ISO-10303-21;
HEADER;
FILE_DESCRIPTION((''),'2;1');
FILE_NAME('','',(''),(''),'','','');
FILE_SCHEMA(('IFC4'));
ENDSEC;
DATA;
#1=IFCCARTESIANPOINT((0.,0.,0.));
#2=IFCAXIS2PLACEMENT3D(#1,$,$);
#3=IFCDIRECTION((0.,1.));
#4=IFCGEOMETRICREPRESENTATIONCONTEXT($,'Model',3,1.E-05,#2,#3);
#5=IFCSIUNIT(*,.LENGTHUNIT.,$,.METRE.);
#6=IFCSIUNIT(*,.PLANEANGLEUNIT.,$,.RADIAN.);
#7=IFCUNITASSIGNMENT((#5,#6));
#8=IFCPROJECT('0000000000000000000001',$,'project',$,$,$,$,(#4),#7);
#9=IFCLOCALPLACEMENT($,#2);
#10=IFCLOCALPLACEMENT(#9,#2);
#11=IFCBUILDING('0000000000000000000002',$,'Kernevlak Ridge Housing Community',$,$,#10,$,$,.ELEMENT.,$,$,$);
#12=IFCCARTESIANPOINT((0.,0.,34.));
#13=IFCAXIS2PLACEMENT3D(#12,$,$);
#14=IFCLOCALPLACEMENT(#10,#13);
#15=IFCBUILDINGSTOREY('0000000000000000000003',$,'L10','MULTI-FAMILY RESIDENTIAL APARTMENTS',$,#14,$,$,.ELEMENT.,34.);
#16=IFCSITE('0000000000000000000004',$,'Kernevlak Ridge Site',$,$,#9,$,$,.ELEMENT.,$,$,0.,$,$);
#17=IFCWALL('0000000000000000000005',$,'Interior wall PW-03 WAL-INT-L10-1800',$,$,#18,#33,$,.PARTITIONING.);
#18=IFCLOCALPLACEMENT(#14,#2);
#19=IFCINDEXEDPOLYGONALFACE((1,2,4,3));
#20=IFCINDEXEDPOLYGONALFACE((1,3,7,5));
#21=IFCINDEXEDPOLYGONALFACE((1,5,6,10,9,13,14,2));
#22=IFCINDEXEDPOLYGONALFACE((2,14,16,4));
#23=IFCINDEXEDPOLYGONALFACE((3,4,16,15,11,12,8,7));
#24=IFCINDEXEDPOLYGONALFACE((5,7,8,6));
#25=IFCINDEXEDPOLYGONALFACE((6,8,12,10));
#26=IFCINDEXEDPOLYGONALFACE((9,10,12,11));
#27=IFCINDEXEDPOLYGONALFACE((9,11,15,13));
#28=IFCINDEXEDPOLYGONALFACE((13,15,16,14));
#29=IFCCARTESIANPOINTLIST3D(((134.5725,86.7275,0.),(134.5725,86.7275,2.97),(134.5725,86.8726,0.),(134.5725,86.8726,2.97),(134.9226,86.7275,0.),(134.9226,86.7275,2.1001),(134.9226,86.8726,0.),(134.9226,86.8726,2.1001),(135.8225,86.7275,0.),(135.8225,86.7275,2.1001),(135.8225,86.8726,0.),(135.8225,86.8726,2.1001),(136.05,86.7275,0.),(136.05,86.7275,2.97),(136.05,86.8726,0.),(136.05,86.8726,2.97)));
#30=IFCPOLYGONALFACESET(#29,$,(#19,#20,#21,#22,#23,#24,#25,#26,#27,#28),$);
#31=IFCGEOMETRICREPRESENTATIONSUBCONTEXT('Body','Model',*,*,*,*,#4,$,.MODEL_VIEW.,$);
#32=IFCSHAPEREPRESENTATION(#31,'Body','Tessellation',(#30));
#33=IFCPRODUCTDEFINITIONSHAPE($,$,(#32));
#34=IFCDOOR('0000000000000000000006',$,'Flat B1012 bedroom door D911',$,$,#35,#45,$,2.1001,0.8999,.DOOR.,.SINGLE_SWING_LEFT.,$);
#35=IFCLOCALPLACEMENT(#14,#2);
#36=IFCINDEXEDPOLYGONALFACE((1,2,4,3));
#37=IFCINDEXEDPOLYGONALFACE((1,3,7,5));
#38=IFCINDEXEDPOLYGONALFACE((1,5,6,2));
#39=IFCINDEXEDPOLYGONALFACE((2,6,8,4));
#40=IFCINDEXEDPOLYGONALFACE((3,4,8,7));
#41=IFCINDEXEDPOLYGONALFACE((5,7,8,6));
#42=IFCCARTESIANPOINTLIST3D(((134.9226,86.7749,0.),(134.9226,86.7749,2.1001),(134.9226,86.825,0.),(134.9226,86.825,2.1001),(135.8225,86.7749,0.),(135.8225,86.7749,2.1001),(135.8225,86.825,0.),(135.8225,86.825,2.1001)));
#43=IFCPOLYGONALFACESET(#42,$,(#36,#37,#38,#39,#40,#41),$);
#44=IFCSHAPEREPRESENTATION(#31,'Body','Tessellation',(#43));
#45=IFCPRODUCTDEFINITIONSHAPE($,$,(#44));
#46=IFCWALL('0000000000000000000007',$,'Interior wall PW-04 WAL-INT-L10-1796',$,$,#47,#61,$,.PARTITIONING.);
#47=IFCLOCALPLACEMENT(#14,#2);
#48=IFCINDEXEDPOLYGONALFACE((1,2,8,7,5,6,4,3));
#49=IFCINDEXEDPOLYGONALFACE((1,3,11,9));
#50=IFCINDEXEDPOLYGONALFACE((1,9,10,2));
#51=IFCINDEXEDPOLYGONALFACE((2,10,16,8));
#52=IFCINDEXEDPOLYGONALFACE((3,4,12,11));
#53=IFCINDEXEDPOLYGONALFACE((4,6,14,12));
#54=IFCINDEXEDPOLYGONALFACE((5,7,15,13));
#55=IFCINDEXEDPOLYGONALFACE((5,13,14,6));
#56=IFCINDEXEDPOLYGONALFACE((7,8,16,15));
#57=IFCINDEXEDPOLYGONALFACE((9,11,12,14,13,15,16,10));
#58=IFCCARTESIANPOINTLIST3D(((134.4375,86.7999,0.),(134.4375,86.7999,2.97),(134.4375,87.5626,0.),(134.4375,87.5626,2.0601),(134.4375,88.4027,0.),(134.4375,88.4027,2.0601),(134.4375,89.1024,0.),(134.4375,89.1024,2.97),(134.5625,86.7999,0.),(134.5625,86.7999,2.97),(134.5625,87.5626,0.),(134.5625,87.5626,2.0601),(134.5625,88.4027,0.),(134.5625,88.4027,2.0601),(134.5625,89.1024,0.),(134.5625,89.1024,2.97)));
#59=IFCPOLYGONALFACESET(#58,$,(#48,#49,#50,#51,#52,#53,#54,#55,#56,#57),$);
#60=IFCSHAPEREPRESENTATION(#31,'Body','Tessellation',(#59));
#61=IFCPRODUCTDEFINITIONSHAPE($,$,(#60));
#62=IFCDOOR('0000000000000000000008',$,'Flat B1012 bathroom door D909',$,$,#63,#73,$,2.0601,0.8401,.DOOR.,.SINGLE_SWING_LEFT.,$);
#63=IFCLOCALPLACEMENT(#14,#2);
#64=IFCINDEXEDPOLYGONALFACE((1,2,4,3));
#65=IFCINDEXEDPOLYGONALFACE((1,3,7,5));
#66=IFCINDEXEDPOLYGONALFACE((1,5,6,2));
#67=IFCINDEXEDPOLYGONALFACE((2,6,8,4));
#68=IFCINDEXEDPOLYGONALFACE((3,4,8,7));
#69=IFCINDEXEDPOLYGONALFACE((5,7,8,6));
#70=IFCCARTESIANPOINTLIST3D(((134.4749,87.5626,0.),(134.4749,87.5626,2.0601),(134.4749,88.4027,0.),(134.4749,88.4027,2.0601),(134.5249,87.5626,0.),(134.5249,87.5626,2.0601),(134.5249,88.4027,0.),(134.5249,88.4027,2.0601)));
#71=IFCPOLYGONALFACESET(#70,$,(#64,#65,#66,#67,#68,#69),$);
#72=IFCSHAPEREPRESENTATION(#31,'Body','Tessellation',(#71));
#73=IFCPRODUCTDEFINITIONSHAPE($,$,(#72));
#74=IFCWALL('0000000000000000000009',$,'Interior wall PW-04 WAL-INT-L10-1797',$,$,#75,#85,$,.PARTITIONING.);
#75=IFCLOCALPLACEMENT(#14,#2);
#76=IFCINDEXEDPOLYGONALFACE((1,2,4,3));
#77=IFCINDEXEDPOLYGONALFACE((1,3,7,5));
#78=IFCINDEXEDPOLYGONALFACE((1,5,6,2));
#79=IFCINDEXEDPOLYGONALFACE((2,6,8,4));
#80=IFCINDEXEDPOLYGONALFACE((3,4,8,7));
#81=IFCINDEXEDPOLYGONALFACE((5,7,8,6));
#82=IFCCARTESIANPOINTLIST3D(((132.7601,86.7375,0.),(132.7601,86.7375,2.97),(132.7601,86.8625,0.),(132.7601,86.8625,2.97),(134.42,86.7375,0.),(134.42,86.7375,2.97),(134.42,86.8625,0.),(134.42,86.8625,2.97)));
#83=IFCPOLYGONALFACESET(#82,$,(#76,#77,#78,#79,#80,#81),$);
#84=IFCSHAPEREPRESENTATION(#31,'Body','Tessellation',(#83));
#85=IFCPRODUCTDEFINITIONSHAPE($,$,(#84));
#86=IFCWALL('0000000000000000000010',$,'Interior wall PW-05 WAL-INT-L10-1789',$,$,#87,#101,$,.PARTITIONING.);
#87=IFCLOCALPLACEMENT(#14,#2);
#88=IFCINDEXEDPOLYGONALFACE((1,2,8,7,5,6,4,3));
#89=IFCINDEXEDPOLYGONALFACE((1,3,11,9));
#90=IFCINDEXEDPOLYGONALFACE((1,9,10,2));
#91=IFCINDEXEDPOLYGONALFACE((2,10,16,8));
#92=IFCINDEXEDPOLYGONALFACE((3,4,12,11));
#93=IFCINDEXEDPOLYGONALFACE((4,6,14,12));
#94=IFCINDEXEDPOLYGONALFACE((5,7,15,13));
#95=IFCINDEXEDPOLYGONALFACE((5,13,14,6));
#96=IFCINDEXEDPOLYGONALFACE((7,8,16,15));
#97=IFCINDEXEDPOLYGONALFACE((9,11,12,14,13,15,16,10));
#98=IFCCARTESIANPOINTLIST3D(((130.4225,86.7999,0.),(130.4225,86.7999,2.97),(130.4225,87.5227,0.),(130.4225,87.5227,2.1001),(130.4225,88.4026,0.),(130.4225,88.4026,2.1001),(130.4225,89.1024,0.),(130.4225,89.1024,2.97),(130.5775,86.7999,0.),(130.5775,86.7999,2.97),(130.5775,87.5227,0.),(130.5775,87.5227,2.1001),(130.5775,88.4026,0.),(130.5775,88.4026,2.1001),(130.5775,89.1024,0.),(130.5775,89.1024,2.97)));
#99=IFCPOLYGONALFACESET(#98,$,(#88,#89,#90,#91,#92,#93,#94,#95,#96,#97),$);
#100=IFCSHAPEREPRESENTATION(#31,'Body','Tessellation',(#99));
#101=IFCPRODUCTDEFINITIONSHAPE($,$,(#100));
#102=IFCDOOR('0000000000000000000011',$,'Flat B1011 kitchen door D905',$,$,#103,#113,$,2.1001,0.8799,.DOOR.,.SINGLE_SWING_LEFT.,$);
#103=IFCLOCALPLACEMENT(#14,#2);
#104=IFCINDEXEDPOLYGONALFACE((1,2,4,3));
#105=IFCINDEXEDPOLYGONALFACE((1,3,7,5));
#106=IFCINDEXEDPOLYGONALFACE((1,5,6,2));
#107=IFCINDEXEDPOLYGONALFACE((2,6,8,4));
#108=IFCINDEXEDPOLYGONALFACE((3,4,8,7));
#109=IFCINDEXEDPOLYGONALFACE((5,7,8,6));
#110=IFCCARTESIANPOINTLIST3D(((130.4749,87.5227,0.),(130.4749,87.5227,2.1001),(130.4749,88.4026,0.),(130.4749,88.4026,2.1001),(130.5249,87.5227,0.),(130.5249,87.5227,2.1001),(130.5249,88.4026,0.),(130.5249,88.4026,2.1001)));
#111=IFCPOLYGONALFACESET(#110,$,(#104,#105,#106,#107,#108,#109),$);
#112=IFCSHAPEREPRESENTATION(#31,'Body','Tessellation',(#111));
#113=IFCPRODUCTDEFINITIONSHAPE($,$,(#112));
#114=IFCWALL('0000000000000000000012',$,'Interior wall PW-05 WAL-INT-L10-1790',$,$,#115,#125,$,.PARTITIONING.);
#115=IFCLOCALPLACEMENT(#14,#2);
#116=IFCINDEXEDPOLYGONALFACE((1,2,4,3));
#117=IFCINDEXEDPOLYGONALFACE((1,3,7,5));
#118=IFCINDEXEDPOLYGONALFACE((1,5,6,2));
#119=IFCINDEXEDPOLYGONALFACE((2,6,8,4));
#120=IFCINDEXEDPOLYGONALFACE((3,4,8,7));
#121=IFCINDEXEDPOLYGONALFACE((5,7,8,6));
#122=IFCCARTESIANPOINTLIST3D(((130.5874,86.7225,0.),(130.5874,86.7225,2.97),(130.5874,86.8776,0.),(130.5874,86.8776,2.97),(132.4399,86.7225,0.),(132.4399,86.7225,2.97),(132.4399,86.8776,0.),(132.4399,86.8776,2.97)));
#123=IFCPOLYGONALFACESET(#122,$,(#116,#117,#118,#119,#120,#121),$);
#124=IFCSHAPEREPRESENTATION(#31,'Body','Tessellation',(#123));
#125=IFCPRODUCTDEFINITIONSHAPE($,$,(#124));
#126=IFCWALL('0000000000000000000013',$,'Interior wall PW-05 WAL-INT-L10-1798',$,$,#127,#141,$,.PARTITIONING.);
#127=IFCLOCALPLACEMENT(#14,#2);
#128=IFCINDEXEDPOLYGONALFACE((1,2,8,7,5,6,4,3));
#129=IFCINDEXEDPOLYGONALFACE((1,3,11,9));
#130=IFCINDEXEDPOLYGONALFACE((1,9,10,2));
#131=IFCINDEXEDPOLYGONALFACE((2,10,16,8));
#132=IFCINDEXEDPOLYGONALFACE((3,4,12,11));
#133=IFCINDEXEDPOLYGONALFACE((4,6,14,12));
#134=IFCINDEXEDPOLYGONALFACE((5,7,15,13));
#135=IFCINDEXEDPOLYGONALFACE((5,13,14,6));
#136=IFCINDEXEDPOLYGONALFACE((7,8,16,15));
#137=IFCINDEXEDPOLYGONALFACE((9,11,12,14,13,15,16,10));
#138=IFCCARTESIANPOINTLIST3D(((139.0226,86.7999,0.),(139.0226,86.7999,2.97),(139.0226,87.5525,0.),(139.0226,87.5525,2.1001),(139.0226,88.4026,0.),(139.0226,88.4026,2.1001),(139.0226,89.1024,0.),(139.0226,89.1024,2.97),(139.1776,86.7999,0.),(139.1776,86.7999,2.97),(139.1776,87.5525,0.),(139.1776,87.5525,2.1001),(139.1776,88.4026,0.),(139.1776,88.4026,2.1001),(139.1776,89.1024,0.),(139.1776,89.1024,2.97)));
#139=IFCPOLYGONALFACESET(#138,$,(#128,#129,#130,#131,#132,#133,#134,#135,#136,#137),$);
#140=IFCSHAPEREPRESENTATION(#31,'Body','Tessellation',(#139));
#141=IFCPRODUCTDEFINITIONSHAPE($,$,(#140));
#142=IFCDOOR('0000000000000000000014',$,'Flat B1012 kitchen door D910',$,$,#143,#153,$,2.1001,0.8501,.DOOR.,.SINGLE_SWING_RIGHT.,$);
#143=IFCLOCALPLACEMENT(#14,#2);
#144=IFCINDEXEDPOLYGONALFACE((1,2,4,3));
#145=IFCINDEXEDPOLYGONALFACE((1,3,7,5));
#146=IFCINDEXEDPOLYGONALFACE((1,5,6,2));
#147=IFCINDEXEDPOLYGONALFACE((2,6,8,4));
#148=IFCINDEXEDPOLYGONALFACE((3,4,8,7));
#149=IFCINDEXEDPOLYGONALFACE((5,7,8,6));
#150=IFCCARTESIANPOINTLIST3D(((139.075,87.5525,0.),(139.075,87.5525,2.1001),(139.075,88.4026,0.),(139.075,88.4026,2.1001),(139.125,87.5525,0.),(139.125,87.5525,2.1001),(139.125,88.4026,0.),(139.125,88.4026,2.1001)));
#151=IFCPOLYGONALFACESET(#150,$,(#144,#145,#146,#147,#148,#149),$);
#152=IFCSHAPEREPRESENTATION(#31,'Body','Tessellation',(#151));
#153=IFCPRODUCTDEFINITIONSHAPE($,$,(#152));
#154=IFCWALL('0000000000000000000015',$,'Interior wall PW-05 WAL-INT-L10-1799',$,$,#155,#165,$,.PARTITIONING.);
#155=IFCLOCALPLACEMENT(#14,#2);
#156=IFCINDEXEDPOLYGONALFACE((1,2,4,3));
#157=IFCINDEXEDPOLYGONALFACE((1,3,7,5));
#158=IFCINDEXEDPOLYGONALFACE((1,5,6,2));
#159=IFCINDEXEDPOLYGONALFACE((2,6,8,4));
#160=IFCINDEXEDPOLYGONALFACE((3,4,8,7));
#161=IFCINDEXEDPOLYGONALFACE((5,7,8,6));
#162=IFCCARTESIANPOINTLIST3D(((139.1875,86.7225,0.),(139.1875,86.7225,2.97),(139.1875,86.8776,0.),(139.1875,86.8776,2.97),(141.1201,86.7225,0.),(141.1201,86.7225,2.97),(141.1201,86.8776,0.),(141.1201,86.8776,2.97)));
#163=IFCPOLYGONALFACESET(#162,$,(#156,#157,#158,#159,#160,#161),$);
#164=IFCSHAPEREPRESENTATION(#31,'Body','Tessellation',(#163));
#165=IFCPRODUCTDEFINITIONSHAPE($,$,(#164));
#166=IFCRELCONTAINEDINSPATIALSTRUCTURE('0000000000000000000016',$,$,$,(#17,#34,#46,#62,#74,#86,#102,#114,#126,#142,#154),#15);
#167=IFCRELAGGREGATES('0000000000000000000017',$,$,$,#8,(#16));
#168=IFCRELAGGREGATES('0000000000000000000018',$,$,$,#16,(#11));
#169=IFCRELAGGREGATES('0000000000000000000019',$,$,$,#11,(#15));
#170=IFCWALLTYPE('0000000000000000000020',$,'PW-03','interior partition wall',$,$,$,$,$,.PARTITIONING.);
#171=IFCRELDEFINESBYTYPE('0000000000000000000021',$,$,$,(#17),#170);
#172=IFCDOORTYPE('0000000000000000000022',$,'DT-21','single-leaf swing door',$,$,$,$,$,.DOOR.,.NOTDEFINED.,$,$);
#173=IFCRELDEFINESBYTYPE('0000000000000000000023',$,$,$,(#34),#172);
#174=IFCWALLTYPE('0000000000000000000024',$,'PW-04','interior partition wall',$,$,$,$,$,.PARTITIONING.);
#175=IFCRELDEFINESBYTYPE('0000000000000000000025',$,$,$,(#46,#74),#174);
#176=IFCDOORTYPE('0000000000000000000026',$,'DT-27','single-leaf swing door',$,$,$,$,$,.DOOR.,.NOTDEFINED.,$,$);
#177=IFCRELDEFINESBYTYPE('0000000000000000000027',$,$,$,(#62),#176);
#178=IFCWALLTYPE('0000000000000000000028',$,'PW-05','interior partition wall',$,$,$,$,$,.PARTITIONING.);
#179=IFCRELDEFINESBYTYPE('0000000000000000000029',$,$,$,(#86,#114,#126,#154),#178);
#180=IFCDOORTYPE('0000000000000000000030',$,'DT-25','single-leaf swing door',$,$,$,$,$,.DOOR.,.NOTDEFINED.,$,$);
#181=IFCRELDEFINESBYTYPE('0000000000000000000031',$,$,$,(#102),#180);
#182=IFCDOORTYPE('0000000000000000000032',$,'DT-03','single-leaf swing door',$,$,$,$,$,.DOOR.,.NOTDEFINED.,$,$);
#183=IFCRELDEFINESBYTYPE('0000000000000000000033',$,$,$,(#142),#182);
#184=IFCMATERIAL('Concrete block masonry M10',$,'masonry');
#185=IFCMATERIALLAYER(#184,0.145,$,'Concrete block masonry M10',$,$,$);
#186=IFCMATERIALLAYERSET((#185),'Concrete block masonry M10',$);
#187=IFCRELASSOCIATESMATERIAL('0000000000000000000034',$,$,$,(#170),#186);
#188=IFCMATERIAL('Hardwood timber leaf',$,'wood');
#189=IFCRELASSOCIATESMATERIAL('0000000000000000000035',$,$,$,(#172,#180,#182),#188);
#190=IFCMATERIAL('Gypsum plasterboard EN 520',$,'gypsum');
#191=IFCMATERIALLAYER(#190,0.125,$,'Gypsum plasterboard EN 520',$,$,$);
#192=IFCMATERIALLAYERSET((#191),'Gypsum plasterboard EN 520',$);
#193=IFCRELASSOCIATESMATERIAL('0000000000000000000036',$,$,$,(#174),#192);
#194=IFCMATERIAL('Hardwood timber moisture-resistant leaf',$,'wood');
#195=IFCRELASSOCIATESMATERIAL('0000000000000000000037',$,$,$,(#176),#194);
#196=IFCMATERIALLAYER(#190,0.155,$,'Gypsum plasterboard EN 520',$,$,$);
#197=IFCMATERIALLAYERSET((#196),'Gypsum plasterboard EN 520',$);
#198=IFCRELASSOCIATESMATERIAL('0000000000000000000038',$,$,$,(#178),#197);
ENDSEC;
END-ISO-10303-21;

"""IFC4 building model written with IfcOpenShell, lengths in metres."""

from ifc_helpers import new_model, si_unit, direction, frame, frame_2d, origin, place, context, subcontext, project, spatial, rectangle, extrude, material, layer, layer_set, type_object, element, fill, save


model = new_model("IFC4")

# Units and contexts
model_context = context("Model", 3, precision=1e-05, world=origin(), true_north=direction((0.0, 1.0)))
body_context = subcontext(model_context, "Body", "Model", "MODEL_VIEW")
ifc_project = project(units=[si_unit("LENGTHUNIT", "METRE"), si_unit("PLANEANGLEUNIT", "RADIAN")], contexts=[model_context])

# Site, building, storey
site_placement = place(None, origin())
site = spatial("IfcSite", under=ifc_project, at=site_placement, Name="Kernevlak Ridge Site", CompositionType="ELEMENT", RefElevation=0.0)
building_placement = place(site_placement, origin())
building = spatial("IfcBuilding", under=site, at=building_placement, Name="Kernevlak Ridge Housing Community", CompositionType="ELEMENT")
storey_placement = place(building_placement, frame((0.0, 0.0, 34.0)))
storey = spatial("IfcBuildingStorey", under=building, at=storey_placement, Name="L10", Description="MULTI-FAMILY RESIDENTIAL APARTMENTS", CompositionType="ELEMENT", Elevation=34.0)

# Walls, openings, doors
ifc_material_1 = material(Name="Concrete block masonry M10", Category="masonry")
ifc_layer_1 = layer(ifc_material_1, 0.145, Name="Concrete block masonry M10")
ifc_layer_set_1 = layer_set([ifc_layer_1], Name="Concrete block masonry M10")
wall_type_1 = type_object("IfcWallType", Name="PW-03", Description="interior partition wall", PredefinedType="PARTITIONING", material=ifc_layer_set_1)
wall_1_placement = place(storey_placement, frame((134.5725, 86.8, 0.0), z_axis=(0.0, 0.0, 1.0), x_axis=(1.0, 0.0, 0.0)))
wall_1 = element("IfcWall", 1, at=wall_1_placement, inside=storey, type_object=wall_type_1, Name="Interior wall PW-03 WAL-INT-L10-1800", PredefinedType="PARTITIONING", context=body_context, shape_type="SweptSolid", body=[
    extrude(rectangle(XDim=1.4775, YDim=0.145, at=frame_2d((0.7388, 0.0))), origin(), (0.0, 0.0, 1.0), 2.97),
])
opening_1_placement = place(wall_1_placement, frame((0.3501, 0.0, 0.0)))
opening_1 = element("IfcOpeningElement", 2, at=opening_1_placement, cuts=wall_1, PredefinedType="OPENING", context=body_context, shape_type="SweptSolid", body=[
    extrude(rectangle(XDim=0.8999, YDim=2.1001, at=frame_2d((0.45, 1.05))), frame((0.0, 0.0825, 0.0), z_axis=(0.0, -1.0, 0.0), x_axis=(1.0, 0.0, 0.0)), (0.0, 0.0, 1.0), 0.165),
])
ifc_material_2 = material(Name="Hardwood timber leaf", Category="wood")
door_type_1 = type_object("IfcDoorType", Name="DT-21", Description="single-leaf swing door", OperationType="NOTDEFINED", PredefinedType="DOOR", material=ifc_material_2)
door_1_placement = place(opening_1_placement, origin())
door_1 = element("IfcDoor", 3, at=door_1_placement, inside=storey, type_object=door_type_1, Name="Flat B1012 bedroom door D911", OperationType="SINGLE_SWING_LEFT", OverallHeight=2.1001, OverallWidth=0.8999, PredefinedType="DOOR", context=body_context, shape_type="SweptSolid", body=[
    extrude(rectangle(XDim=0.8999, YDim=2.1001, at=frame_2d((0.45, 1.05))), frame((0.0, 0.0249, 0.0), z_axis=(0.0, -1.0, 0.0), x_axis=(1.0, 0.0, 0.0)), (0.0, 0.0, 1.0), 0.05),
])
fill(opening_1, door_1)
ifc_material_3 = material(Name="Gypsum plasterboard EN 520", Category="gypsum")
ifc_layer_2 = layer(ifc_material_3, 0.125, Name="Gypsum plasterboard EN 520")
ifc_layer_set_2 = layer_set([ifc_layer_2], Name="Gypsum plasterboard EN 520")
wall_type_2 = type_object("IfcWallType", Name="PW-04", Description="interior partition wall", PredefinedType="PARTITIONING", material=ifc_layer_set_2)
wall_2_placement = place(storey_placement, frame((134.5, 89.1025, 0.0), z_axis=(0.0, 0.0, 1.0), x_axis=(0.0, -1.0, 0.0)))
wall_2 = element("IfcWall", 4, at=wall_2_placement, inside=storey, type_object=wall_type_2, Name="Interior wall PW-04 WAL-INT-L10-1796", PredefinedType="PARTITIONING", context=body_context, shape_type="SweptSolid", body=[
    extrude(rectangle(XDim=2.3025, YDim=0.125, at=frame_2d((1.1514, 0.0))), origin(), (0.0, 0.0, 1.0), 2.97),
])
opening_2_placement = place(wall_2_placement, frame((0.7, 0.0, 0.0)))
opening_2 = element("IfcOpeningElement", 5, at=opening_2_placement, cuts=wall_2, PredefinedType="OPENING", context=body_context, shape_type="SweptSolid", body=[
    extrude(rectangle(XDim=0.8401, YDim=2.0601, at=frame_2d((0.4199, 1.03))), frame((0.0, 0.0725, 0.0), z_axis=(0.0, -1.0, 0.0), x_axis=(1.0, 0.0, 0.0)), (0.0, 0.0, 1.0), 0.145),
])
ifc_material_4 = material(Name="Hardwood timber moisture-resistant leaf", Category="wood")
door_type_2 = type_object("IfcDoorType", Name="DT-27", Description="single-leaf swing door", OperationType="NOTDEFINED", PredefinedType="DOOR", material=ifc_material_4)
door_2_placement = place(opening_2_placement, origin())
door_2 = element("IfcDoor", 6, at=door_2_placement, inside=storey, type_object=door_type_2, Name="Flat B1012 bathroom door D909", OperationType="SINGLE_SWING_LEFT", OverallHeight=2.0601, OverallWidth=0.8401, PredefinedType="DOOR", context=body_context, shape_type="SweptSolid", body=[
    extrude(rectangle(XDim=0.8401, YDim=2.0601, at=frame_2d((0.4199, 1.03))), frame((0.0, 0.0249, 0.0), z_axis=(0.0, -1.0, 0.0), x_axis=(1.0, 0.0, 0.0)), (0.0, 0.0, 1.0), 0.05),
])
fill(opening_2, door_2)

# Wall
wall_3_placement = place(storey_placement, frame((132.76, 86.8, 0.0), z_axis=(0.0, 0.0, 1.0), x_axis=(1.0, 0.0, 0.0)))
element("IfcWall", 7, at=wall_3_placement, inside=storey, type_object=wall_type_2, Name="Interior wall PW-04 WAL-INT-L10-1797", PredefinedType="PARTITIONING", context=body_context, shape_type="SweptSolid", body=[
    extrude(rectangle(XDim=1.6599, YDim=0.125, at=frame_2d((0.8301, 0.0))), origin(), (0.0, 0.0, 1.0), 2.97),
])

# Wall, opening, door
ifc_layer_3 = layer(ifc_material_3, 0.155, Name="Gypsum plasterboard EN 520")
ifc_layer_set_3 = layer_set([ifc_layer_3], Name="Gypsum plasterboard EN 520")
wall_type_3 = type_object("IfcWallType", Name="PW-05", Description="interior partition wall", PredefinedType="PARTITIONING", material=ifc_layer_set_3)
wall_4_placement = place(storey_placement, frame((130.5, 89.1025, 0.0), z_axis=(0.0, 0.0, 1.0), x_axis=(0.0, -1.0, 0.0)))
wall_4 = element("IfcWall", 8, at=wall_4_placement, inside=storey, type_object=wall_type_3, Name="Interior wall PW-05 WAL-INT-L10-1789", PredefinedType="PARTITIONING", context=body_context, shape_type="SweptSolid", body=[
    extrude(rectangle(XDim=2.3025, YDim=0.155, at=frame_2d((1.1514, 0.0))), origin(), (0.0, 0.0, 1.0), 2.97),
])
opening_3_placement = place(wall_4_placement, frame((0.7, 0.0, 0.0)))
opening_3 = element("IfcOpeningElement", 9, at=opening_3_placement, cuts=wall_4, PredefinedType="OPENING", context=body_context, shape_type="SweptSolid", body=[
    extrude(rectangle(XDim=0.8799, YDim=2.1001, at=frame_2d((0.4399, 1.05))), frame((0.0, 0.0874, 0.0), z_axis=(0.0, -1.0, 0.0), x_axis=(1.0, 0.0, 0.0)), (0.0, 0.0, 1.0), 0.175),
])
door_type_3 = type_object("IfcDoorType", Name="DT-25", Description="single-leaf swing door", OperationType="NOTDEFINED", PredefinedType="DOOR", material=ifc_material_2)
door_3_placement = place(opening_3_placement, origin())
door_3 = element("IfcDoor", 10, at=door_3_placement, inside=storey, type_object=door_type_3, Name="Flat B1011 kitchen door D905", OperationType="SINGLE_SWING_LEFT", OverallHeight=2.1001, OverallWidth=0.8799, PredefinedType="DOOR", context=body_context, shape_type="SweptSolid", body=[
    extrude(rectangle(XDim=0.8799, YDim=2.1001, at=frame_2d((0.4399, 1.05))), frame((0.0, 0.0249, 0.0), z_axis=(0.0, -1.0, 0.0), x_axis=(1.0, 0.0, 0.0)), (0.0, 0.0, 1.0), 0.05),
])
fill(opening_3, door_3)

# Wall
wall_5_placement = place(storey_placement, frame((130.5874, 86.8, 0.0), z_axis=(0.0, 0.0, 1.0), x_axis=(1.0, 0.0, 0.0)))
element("IfcWall", 11, at=wall_5_placement, inside=storey, type_object=wall_type_3, Name="Interior wall PW-05 WAL-INT-L10-1790", PredefinedType="PARTITIONING", context=body_context, shape_type="SweptSolid", body=[
    extrude(rectangle(XDim=1.8525, YDim=0.155, at=frame_2d((0.9263, 0.0))), origin(), (0.0, 0.0, 1.0), 2.97),
])

# Wall, opening, door
wall_6_placement = place(storey_placement, frame((139.1001, 89.1025, 0.0), z_axis=(0.0, 0.0, 1.0), x_axis=(0.0, -1.0, 0.0)))
wall_6 = element("IfcWall", 12, at=wall_6_placement, inside=storey, type_object=wall_type_3, Name="Interior wall PW-05 WAL-INT-L10-1798", PredefinedType="PARTITIONING", context=body_context, shape_type="SweptSolid", body=[
    extrude(rectangle(XDim=2.3025, YDim=0.155, at=frame_2d((1.1514, 0.0))), origin(), (0.0, 0.0, 1.0), 2.97),
])
opening_4_placement = place(wall_6_placement, frame((0.7, 0.0, 0.0)))
opening_4 = element("IfcOpeningElement", 13, at=opening_4_placement, cuts=wall_6, PredefinedType="OPENING", context=body_context, shape_type="SweptSolid", body=[
    extrude(rectangle(XDim=0.8501, YDim=2.1001, at=frame_2d((0.425, 1.05))), frame((0.0, 0.0874, 0.0), z_axis=(0.0, -1.0, 0.0), x_axis=(1.0, 0.0, 0.0)), (0.0, 0.0, 1.0), 0.175),
])
door_type_4 = type_object("IfcDoorType", Name="DT-03", Description="single-leaf swing door", OperationType="NOTDEFINED", PredefinedType="DOOR", material=ifc_material_2)
door_4_placement = place(opening_4_placement, origin())
door_4 = element("IfcDoor", 14, at=door_4_placement, inside=storey, type_object=door_type_4, Name="Flat B1012 kitchen door D910", OperationType="SINGLE_SWING_RIGHT", OverallHeight=2.1001, OverallWidth=0.8501, PredefinedType="DOOR", context=body_context, shape_type="SweptSolid", body=[
    extrude(rectangle(XDim=0.8501, YDim=2.1001, at=frame_2d((0.425, 1.05))), frame((0.0, 0.0249, 0.0), z_axis=(0.0, -1.0, 0.0), x_axis=(1.0, 0.0, 0.0)), (0.0, 0.0, 1.0), 0.05),
])
fill(opening_4, door_4)

# Wall
wall_7_placement = place(storey_placement, frame((139.1875, 86.8, 0.0), z_axis=(0.0, 0.0, 1.0), x_axis=(1.0, 0.0, 0.0)))
element("IfcWall", 15, at=wall_7_placement, inside=storey, type_object=wall_type_3, Name="Interior wall PW-05 WAL-INT-L10-1799", PredefinedType="PARTITIONING", context=body_context, shape_type="SweptSolid", body=[
    extrude(rectangle(XDim=1.9326, YDim=0.155, at=frame_2d((0.9663, 0.0))), origin(), (0.0, 0.0, 1.0), 2.97),
])

save(model, "model.ifc")
